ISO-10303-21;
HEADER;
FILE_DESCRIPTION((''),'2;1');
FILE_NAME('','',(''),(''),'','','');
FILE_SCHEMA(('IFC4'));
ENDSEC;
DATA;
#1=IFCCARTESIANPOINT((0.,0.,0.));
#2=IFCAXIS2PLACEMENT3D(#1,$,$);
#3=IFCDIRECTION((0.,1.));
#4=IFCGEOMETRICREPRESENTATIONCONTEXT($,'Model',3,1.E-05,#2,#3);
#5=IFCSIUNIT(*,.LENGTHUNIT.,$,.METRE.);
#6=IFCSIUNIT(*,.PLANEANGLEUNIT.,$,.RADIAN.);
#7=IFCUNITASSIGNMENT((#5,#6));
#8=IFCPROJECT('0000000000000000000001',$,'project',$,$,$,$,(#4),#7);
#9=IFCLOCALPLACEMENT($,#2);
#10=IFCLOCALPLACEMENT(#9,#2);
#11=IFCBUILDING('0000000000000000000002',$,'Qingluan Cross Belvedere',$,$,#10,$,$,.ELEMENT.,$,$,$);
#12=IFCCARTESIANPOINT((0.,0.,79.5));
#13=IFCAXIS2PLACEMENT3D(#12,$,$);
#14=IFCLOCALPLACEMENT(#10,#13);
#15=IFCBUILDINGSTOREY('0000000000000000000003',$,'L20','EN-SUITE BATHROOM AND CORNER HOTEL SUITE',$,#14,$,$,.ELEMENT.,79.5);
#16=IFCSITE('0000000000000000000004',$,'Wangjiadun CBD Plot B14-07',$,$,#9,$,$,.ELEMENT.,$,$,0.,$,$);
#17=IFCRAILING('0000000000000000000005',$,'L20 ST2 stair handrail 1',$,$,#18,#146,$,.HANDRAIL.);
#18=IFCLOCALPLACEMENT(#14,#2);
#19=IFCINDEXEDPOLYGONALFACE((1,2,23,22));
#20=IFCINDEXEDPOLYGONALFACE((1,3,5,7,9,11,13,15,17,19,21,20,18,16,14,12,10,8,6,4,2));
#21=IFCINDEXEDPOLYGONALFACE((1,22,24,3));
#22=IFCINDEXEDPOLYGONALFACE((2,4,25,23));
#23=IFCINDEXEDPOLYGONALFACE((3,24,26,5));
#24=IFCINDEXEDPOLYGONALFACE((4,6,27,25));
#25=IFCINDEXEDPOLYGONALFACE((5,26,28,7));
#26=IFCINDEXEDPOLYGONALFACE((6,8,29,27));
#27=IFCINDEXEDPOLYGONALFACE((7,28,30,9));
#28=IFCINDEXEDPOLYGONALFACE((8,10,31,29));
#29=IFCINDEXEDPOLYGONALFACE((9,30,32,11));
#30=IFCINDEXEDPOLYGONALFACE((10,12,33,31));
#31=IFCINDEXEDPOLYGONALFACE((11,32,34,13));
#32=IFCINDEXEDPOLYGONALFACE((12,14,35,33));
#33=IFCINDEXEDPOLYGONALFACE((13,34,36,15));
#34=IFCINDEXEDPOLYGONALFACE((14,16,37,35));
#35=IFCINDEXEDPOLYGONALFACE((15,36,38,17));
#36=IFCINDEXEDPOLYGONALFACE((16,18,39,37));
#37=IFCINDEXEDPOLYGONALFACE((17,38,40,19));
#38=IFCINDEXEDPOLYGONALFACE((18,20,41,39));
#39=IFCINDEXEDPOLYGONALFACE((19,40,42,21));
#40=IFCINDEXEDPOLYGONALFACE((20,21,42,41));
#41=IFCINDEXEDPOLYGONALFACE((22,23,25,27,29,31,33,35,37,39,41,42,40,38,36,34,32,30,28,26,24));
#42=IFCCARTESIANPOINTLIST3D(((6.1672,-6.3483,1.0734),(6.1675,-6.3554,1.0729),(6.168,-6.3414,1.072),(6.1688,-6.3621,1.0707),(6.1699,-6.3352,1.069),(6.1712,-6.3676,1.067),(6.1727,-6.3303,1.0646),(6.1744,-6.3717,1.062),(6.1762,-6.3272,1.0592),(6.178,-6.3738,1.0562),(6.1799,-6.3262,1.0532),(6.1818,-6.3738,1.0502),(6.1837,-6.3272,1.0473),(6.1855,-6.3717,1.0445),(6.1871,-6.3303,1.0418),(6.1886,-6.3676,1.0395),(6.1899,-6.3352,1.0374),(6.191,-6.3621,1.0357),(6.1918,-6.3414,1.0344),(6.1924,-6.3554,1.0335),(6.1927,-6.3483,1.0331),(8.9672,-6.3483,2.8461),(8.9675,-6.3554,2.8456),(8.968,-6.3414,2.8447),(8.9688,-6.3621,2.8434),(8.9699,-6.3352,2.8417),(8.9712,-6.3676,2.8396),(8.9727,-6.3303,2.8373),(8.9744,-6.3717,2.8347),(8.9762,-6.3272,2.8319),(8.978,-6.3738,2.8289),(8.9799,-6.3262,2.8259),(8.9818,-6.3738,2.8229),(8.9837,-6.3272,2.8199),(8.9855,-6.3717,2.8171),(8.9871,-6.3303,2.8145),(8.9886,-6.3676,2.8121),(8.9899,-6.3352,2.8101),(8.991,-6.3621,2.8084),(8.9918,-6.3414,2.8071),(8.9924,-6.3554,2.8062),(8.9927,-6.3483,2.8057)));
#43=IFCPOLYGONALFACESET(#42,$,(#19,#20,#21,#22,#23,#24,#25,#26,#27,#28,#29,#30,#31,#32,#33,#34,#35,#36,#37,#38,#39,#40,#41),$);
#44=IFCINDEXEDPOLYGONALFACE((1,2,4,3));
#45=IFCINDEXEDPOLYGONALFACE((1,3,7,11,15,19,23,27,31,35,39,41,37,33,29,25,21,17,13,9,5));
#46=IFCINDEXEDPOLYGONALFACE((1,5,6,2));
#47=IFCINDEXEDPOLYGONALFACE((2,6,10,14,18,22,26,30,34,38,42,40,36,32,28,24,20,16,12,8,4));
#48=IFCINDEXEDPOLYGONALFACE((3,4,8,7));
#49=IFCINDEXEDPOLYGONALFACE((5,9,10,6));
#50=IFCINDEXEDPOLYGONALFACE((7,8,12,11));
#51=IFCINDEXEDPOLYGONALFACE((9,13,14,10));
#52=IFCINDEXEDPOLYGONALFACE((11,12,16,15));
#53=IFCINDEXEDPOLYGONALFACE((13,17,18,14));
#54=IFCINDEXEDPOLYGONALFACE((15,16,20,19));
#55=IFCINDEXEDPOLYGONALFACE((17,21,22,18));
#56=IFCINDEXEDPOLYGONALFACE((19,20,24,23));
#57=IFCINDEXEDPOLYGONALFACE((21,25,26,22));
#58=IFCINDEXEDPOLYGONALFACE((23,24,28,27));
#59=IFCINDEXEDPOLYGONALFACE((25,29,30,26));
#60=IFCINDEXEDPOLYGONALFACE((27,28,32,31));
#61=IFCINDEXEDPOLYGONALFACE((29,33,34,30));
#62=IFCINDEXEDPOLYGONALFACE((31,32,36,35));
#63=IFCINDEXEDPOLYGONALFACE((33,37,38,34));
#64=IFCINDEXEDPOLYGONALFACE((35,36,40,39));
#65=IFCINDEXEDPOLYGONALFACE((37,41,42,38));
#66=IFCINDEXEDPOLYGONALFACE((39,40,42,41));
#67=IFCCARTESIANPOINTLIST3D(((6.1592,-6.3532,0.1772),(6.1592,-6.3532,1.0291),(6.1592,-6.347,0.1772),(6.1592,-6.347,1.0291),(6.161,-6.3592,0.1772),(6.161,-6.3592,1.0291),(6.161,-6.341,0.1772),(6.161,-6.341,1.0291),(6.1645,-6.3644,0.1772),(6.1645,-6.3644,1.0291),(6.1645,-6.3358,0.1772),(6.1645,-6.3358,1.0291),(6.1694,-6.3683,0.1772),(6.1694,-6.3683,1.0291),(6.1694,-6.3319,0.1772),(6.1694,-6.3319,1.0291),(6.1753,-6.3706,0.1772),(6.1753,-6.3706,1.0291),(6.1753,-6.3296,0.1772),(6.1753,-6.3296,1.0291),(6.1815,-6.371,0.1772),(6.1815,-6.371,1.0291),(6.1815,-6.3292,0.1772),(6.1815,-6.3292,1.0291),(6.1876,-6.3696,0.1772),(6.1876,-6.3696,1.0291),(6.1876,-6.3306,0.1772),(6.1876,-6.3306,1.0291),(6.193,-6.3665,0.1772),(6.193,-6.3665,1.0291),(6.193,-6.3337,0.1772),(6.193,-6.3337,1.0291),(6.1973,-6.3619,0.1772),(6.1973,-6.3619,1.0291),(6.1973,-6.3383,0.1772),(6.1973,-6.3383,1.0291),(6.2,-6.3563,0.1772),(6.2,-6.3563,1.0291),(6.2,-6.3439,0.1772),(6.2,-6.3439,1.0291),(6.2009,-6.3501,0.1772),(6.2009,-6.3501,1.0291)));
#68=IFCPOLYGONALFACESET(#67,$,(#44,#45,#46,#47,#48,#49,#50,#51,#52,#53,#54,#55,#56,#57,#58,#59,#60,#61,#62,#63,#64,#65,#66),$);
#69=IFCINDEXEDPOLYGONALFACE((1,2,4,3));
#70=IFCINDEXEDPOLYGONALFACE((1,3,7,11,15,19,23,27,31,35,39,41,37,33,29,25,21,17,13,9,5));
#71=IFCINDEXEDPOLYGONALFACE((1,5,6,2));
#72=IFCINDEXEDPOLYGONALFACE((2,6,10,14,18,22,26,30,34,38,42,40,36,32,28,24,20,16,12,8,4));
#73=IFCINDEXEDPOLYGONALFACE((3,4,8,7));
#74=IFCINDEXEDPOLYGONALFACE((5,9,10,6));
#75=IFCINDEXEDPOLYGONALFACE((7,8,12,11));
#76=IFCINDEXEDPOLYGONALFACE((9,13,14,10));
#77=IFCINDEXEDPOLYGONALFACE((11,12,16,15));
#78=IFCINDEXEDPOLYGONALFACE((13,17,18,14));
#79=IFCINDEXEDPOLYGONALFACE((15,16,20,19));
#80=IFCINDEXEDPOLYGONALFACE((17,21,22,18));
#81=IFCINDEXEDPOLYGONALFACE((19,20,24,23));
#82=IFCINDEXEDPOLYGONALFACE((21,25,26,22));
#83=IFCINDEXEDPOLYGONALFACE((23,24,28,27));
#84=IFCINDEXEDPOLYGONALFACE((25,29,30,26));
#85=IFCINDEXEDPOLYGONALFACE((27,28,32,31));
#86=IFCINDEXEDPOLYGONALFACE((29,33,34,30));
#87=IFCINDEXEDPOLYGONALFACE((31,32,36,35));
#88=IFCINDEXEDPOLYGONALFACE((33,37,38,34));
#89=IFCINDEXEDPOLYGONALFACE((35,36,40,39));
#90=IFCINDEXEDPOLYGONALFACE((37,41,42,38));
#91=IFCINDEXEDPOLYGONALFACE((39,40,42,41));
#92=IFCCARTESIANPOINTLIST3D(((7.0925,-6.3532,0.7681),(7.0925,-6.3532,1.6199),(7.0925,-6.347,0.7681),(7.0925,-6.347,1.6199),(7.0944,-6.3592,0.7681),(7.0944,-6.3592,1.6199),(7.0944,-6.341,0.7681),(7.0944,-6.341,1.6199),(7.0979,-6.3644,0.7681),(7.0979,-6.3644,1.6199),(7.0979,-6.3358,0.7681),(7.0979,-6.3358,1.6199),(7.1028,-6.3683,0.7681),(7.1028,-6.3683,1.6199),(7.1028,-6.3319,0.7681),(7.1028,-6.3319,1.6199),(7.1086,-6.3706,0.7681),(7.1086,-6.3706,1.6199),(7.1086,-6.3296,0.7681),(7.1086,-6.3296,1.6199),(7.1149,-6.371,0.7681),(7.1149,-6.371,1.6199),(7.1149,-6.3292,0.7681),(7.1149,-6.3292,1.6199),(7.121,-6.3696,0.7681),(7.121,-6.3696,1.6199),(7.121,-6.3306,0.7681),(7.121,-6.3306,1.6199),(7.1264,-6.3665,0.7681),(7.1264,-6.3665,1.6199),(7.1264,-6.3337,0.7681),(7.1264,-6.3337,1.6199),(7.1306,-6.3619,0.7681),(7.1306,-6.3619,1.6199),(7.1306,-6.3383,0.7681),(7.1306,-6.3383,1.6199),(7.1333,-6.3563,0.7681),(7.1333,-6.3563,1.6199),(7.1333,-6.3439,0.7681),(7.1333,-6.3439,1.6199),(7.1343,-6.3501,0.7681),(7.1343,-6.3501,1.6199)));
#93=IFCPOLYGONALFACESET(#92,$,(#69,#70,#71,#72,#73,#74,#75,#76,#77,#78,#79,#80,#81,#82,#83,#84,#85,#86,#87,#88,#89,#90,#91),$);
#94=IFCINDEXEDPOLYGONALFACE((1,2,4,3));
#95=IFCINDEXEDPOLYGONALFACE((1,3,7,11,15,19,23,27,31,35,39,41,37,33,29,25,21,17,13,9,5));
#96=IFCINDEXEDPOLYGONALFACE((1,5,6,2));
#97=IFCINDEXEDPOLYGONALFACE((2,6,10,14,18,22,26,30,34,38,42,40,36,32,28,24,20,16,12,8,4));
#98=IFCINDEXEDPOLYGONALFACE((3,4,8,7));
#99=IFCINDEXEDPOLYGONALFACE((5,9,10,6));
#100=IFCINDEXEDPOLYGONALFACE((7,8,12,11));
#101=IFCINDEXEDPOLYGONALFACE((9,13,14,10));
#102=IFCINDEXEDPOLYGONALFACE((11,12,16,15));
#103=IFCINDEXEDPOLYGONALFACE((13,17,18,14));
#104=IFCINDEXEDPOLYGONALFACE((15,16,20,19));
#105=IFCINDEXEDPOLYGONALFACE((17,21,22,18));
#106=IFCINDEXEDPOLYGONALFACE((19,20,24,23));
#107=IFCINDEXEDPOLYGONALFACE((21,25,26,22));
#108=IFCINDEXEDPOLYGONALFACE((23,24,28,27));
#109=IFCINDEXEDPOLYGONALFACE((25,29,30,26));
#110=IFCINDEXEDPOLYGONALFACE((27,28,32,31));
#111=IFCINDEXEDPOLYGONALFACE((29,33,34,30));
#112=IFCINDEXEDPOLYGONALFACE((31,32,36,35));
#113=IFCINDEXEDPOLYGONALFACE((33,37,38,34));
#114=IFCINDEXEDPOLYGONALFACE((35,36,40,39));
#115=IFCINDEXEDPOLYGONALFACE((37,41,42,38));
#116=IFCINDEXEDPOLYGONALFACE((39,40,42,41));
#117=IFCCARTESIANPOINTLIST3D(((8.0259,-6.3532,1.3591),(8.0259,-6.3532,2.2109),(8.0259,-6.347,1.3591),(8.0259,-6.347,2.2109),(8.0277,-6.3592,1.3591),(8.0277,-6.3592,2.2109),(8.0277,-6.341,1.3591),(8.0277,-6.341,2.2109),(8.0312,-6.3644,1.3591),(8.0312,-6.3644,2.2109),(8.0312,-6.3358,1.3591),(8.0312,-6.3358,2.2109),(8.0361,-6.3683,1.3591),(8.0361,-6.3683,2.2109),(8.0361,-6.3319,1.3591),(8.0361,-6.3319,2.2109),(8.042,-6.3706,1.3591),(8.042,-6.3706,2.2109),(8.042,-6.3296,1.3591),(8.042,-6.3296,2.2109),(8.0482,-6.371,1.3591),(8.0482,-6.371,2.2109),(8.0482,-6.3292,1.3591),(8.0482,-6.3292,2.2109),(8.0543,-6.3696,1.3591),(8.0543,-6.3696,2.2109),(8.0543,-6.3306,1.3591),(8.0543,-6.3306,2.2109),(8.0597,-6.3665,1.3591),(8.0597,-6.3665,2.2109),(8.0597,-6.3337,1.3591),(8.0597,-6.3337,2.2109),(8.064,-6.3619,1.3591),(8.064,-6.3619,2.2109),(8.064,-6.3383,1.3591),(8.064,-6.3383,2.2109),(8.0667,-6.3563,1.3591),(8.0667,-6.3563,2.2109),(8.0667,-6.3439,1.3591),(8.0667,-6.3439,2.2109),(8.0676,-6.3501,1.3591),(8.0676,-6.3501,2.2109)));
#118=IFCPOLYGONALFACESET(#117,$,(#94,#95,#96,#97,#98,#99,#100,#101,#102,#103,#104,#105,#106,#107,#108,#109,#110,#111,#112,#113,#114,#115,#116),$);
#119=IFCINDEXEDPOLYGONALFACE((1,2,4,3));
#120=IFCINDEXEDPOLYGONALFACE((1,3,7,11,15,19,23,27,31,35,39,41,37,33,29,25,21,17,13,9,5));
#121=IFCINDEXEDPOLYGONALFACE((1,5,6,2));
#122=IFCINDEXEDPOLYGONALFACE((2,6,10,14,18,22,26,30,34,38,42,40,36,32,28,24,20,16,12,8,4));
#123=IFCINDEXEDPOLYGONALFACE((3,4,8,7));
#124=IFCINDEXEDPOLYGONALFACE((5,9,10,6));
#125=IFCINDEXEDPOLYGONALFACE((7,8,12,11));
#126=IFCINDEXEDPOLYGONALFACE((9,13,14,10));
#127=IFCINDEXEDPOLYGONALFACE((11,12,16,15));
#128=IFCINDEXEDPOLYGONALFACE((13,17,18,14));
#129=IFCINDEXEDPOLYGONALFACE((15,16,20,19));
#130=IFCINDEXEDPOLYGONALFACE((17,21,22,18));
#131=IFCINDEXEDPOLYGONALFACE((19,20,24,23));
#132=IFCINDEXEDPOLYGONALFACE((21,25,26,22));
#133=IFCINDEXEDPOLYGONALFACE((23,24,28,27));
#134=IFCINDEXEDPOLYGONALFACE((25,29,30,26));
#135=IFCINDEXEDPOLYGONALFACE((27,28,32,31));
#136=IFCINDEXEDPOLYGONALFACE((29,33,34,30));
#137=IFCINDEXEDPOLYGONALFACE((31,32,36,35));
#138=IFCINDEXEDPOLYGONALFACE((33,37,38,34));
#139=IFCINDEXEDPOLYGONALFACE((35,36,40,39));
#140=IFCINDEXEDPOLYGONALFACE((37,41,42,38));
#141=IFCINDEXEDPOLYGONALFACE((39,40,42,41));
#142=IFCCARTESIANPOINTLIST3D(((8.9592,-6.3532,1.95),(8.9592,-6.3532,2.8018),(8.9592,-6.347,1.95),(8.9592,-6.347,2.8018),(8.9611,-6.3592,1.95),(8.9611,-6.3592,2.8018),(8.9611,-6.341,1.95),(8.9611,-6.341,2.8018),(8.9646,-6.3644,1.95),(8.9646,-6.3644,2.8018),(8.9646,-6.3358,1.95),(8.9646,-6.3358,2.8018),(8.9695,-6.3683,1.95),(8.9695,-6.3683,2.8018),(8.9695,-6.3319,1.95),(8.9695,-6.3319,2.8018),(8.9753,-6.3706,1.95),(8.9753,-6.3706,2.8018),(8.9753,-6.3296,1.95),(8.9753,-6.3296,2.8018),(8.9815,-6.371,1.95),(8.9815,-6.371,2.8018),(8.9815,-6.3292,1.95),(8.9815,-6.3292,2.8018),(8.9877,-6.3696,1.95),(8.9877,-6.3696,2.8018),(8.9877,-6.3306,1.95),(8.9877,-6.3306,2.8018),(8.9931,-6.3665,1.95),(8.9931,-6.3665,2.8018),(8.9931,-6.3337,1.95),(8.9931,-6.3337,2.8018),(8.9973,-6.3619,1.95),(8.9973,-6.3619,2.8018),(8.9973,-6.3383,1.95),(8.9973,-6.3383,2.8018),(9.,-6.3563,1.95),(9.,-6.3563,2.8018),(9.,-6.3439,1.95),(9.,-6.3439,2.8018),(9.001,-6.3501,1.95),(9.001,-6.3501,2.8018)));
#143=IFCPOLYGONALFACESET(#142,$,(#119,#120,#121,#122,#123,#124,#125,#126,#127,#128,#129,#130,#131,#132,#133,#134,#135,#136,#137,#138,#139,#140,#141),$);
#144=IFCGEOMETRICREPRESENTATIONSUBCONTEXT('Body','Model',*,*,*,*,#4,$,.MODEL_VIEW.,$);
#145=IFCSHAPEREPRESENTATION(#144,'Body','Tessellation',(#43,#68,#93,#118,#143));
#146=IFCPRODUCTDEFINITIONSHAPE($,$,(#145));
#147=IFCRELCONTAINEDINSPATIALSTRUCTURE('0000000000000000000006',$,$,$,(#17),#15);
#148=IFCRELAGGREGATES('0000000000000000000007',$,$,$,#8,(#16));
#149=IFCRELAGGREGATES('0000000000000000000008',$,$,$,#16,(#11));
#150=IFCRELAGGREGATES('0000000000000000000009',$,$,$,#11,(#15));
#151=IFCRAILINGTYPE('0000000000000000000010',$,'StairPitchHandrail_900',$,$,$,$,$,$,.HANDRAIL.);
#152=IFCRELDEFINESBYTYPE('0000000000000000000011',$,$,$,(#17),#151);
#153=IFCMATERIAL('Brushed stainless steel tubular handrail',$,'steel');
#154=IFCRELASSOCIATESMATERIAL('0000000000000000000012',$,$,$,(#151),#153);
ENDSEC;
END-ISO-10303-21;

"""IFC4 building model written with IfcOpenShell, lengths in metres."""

from ifc_helpers import new_model, si_unit, direction, frame, origin, origin_2d, place, context, subcontext, project, spatial, circle, extrude, material, type_object, element, save


model = new_model("IFC4")

# Units and contexts
model_context = context("Model", 3, precision=1e-05, world=origin(), true_north=direction((0.0, 1.0)))
body_context = subcontext(model_context, "Body", "Model", "MODEL_VIEW")
ifc_project = project(units=[si_unit("LENGTHUNIT", "METRE"), si_unit("PLANEANGLEUNIT", "RADIAN")], contexts=[model_context])

# Site, building, storey
site_placement = place(None, origin())
site = spatial("IfcSite", under=ifc_project, at=site_placement, Name="Wangjiadun CBD Plot B14-07", CompositionType="ELEMENT", RefElevation=0.0)
building_placement = place(site_placement, origin())
building = spatial("IfcBuilding", under=site, at=building_placement, Name="Qingluan Cross Belvedere", CompositionType="ELEMENT")
storey_placement = place(building_placement, frame((0.0, 0.0, 79.5)))
storey = spatial("IfcBuildingStorey", under=building, at=storey_placement, Name="L20", Description="EN-SUITE BATHROOM AND CORNER HOTEL SUITE", CompositionType="ELEMENT", Elevation=79.5)

# Railing
ifc_material_1 = material(Name="Brushed stainless steel tubular handrail", Category="steel")
railing_type_1 = type_object("IfcRailingType", Name="StairPitchHandrail_900", PredefinedType="HANDRAIL", material=ifc_material_1)
for number, where, name in (
    (1, (6.1799, -6.3501, 0.1772), "L20 ST2 stair handrail 1"),
):
    element("IfcRailing", number, at=place(storey_placement, frame(where)), inside=storey, type_object=railing_type_1, Name=name, PredefinedType="HANDRAIL", context=body_context, shape_type="SweptSolid", body=[
        extrude(circle(Radius=0.0239, at=origin_2d()), frame((0.0, 0.0, 0.876), z_axis=(0.844909, 0.0, 0.53491), x_axis=(0.0, 1.0, 0.0)), (0.0, 0.0, 1.0), 3.314),
        extrude(circle(Radius=0.021, at=origin_2d()), origin(), (0.0, 0.0, 1.0), 0.8518),
        extrude(circle(Radius=0.021, at=origin_2d()), frame((0.9333, 0.0, 0.5908)), (0.0, 0.0, 1.0), 0.8518),
        extrude(circle(Radius=0.021, at=origin_2d()), frame((1.8667, 0.0, 1.1819)), (0.0, 0.0, 1.0), 0.8518),
        extrude(circle(Radius=0.021, at=origin_2d()), frame((2.8, 0.0, 1.7727)), (0.0, 0.0, 1.0), 0.8518),
    ])

save(model, "model.ifc")
